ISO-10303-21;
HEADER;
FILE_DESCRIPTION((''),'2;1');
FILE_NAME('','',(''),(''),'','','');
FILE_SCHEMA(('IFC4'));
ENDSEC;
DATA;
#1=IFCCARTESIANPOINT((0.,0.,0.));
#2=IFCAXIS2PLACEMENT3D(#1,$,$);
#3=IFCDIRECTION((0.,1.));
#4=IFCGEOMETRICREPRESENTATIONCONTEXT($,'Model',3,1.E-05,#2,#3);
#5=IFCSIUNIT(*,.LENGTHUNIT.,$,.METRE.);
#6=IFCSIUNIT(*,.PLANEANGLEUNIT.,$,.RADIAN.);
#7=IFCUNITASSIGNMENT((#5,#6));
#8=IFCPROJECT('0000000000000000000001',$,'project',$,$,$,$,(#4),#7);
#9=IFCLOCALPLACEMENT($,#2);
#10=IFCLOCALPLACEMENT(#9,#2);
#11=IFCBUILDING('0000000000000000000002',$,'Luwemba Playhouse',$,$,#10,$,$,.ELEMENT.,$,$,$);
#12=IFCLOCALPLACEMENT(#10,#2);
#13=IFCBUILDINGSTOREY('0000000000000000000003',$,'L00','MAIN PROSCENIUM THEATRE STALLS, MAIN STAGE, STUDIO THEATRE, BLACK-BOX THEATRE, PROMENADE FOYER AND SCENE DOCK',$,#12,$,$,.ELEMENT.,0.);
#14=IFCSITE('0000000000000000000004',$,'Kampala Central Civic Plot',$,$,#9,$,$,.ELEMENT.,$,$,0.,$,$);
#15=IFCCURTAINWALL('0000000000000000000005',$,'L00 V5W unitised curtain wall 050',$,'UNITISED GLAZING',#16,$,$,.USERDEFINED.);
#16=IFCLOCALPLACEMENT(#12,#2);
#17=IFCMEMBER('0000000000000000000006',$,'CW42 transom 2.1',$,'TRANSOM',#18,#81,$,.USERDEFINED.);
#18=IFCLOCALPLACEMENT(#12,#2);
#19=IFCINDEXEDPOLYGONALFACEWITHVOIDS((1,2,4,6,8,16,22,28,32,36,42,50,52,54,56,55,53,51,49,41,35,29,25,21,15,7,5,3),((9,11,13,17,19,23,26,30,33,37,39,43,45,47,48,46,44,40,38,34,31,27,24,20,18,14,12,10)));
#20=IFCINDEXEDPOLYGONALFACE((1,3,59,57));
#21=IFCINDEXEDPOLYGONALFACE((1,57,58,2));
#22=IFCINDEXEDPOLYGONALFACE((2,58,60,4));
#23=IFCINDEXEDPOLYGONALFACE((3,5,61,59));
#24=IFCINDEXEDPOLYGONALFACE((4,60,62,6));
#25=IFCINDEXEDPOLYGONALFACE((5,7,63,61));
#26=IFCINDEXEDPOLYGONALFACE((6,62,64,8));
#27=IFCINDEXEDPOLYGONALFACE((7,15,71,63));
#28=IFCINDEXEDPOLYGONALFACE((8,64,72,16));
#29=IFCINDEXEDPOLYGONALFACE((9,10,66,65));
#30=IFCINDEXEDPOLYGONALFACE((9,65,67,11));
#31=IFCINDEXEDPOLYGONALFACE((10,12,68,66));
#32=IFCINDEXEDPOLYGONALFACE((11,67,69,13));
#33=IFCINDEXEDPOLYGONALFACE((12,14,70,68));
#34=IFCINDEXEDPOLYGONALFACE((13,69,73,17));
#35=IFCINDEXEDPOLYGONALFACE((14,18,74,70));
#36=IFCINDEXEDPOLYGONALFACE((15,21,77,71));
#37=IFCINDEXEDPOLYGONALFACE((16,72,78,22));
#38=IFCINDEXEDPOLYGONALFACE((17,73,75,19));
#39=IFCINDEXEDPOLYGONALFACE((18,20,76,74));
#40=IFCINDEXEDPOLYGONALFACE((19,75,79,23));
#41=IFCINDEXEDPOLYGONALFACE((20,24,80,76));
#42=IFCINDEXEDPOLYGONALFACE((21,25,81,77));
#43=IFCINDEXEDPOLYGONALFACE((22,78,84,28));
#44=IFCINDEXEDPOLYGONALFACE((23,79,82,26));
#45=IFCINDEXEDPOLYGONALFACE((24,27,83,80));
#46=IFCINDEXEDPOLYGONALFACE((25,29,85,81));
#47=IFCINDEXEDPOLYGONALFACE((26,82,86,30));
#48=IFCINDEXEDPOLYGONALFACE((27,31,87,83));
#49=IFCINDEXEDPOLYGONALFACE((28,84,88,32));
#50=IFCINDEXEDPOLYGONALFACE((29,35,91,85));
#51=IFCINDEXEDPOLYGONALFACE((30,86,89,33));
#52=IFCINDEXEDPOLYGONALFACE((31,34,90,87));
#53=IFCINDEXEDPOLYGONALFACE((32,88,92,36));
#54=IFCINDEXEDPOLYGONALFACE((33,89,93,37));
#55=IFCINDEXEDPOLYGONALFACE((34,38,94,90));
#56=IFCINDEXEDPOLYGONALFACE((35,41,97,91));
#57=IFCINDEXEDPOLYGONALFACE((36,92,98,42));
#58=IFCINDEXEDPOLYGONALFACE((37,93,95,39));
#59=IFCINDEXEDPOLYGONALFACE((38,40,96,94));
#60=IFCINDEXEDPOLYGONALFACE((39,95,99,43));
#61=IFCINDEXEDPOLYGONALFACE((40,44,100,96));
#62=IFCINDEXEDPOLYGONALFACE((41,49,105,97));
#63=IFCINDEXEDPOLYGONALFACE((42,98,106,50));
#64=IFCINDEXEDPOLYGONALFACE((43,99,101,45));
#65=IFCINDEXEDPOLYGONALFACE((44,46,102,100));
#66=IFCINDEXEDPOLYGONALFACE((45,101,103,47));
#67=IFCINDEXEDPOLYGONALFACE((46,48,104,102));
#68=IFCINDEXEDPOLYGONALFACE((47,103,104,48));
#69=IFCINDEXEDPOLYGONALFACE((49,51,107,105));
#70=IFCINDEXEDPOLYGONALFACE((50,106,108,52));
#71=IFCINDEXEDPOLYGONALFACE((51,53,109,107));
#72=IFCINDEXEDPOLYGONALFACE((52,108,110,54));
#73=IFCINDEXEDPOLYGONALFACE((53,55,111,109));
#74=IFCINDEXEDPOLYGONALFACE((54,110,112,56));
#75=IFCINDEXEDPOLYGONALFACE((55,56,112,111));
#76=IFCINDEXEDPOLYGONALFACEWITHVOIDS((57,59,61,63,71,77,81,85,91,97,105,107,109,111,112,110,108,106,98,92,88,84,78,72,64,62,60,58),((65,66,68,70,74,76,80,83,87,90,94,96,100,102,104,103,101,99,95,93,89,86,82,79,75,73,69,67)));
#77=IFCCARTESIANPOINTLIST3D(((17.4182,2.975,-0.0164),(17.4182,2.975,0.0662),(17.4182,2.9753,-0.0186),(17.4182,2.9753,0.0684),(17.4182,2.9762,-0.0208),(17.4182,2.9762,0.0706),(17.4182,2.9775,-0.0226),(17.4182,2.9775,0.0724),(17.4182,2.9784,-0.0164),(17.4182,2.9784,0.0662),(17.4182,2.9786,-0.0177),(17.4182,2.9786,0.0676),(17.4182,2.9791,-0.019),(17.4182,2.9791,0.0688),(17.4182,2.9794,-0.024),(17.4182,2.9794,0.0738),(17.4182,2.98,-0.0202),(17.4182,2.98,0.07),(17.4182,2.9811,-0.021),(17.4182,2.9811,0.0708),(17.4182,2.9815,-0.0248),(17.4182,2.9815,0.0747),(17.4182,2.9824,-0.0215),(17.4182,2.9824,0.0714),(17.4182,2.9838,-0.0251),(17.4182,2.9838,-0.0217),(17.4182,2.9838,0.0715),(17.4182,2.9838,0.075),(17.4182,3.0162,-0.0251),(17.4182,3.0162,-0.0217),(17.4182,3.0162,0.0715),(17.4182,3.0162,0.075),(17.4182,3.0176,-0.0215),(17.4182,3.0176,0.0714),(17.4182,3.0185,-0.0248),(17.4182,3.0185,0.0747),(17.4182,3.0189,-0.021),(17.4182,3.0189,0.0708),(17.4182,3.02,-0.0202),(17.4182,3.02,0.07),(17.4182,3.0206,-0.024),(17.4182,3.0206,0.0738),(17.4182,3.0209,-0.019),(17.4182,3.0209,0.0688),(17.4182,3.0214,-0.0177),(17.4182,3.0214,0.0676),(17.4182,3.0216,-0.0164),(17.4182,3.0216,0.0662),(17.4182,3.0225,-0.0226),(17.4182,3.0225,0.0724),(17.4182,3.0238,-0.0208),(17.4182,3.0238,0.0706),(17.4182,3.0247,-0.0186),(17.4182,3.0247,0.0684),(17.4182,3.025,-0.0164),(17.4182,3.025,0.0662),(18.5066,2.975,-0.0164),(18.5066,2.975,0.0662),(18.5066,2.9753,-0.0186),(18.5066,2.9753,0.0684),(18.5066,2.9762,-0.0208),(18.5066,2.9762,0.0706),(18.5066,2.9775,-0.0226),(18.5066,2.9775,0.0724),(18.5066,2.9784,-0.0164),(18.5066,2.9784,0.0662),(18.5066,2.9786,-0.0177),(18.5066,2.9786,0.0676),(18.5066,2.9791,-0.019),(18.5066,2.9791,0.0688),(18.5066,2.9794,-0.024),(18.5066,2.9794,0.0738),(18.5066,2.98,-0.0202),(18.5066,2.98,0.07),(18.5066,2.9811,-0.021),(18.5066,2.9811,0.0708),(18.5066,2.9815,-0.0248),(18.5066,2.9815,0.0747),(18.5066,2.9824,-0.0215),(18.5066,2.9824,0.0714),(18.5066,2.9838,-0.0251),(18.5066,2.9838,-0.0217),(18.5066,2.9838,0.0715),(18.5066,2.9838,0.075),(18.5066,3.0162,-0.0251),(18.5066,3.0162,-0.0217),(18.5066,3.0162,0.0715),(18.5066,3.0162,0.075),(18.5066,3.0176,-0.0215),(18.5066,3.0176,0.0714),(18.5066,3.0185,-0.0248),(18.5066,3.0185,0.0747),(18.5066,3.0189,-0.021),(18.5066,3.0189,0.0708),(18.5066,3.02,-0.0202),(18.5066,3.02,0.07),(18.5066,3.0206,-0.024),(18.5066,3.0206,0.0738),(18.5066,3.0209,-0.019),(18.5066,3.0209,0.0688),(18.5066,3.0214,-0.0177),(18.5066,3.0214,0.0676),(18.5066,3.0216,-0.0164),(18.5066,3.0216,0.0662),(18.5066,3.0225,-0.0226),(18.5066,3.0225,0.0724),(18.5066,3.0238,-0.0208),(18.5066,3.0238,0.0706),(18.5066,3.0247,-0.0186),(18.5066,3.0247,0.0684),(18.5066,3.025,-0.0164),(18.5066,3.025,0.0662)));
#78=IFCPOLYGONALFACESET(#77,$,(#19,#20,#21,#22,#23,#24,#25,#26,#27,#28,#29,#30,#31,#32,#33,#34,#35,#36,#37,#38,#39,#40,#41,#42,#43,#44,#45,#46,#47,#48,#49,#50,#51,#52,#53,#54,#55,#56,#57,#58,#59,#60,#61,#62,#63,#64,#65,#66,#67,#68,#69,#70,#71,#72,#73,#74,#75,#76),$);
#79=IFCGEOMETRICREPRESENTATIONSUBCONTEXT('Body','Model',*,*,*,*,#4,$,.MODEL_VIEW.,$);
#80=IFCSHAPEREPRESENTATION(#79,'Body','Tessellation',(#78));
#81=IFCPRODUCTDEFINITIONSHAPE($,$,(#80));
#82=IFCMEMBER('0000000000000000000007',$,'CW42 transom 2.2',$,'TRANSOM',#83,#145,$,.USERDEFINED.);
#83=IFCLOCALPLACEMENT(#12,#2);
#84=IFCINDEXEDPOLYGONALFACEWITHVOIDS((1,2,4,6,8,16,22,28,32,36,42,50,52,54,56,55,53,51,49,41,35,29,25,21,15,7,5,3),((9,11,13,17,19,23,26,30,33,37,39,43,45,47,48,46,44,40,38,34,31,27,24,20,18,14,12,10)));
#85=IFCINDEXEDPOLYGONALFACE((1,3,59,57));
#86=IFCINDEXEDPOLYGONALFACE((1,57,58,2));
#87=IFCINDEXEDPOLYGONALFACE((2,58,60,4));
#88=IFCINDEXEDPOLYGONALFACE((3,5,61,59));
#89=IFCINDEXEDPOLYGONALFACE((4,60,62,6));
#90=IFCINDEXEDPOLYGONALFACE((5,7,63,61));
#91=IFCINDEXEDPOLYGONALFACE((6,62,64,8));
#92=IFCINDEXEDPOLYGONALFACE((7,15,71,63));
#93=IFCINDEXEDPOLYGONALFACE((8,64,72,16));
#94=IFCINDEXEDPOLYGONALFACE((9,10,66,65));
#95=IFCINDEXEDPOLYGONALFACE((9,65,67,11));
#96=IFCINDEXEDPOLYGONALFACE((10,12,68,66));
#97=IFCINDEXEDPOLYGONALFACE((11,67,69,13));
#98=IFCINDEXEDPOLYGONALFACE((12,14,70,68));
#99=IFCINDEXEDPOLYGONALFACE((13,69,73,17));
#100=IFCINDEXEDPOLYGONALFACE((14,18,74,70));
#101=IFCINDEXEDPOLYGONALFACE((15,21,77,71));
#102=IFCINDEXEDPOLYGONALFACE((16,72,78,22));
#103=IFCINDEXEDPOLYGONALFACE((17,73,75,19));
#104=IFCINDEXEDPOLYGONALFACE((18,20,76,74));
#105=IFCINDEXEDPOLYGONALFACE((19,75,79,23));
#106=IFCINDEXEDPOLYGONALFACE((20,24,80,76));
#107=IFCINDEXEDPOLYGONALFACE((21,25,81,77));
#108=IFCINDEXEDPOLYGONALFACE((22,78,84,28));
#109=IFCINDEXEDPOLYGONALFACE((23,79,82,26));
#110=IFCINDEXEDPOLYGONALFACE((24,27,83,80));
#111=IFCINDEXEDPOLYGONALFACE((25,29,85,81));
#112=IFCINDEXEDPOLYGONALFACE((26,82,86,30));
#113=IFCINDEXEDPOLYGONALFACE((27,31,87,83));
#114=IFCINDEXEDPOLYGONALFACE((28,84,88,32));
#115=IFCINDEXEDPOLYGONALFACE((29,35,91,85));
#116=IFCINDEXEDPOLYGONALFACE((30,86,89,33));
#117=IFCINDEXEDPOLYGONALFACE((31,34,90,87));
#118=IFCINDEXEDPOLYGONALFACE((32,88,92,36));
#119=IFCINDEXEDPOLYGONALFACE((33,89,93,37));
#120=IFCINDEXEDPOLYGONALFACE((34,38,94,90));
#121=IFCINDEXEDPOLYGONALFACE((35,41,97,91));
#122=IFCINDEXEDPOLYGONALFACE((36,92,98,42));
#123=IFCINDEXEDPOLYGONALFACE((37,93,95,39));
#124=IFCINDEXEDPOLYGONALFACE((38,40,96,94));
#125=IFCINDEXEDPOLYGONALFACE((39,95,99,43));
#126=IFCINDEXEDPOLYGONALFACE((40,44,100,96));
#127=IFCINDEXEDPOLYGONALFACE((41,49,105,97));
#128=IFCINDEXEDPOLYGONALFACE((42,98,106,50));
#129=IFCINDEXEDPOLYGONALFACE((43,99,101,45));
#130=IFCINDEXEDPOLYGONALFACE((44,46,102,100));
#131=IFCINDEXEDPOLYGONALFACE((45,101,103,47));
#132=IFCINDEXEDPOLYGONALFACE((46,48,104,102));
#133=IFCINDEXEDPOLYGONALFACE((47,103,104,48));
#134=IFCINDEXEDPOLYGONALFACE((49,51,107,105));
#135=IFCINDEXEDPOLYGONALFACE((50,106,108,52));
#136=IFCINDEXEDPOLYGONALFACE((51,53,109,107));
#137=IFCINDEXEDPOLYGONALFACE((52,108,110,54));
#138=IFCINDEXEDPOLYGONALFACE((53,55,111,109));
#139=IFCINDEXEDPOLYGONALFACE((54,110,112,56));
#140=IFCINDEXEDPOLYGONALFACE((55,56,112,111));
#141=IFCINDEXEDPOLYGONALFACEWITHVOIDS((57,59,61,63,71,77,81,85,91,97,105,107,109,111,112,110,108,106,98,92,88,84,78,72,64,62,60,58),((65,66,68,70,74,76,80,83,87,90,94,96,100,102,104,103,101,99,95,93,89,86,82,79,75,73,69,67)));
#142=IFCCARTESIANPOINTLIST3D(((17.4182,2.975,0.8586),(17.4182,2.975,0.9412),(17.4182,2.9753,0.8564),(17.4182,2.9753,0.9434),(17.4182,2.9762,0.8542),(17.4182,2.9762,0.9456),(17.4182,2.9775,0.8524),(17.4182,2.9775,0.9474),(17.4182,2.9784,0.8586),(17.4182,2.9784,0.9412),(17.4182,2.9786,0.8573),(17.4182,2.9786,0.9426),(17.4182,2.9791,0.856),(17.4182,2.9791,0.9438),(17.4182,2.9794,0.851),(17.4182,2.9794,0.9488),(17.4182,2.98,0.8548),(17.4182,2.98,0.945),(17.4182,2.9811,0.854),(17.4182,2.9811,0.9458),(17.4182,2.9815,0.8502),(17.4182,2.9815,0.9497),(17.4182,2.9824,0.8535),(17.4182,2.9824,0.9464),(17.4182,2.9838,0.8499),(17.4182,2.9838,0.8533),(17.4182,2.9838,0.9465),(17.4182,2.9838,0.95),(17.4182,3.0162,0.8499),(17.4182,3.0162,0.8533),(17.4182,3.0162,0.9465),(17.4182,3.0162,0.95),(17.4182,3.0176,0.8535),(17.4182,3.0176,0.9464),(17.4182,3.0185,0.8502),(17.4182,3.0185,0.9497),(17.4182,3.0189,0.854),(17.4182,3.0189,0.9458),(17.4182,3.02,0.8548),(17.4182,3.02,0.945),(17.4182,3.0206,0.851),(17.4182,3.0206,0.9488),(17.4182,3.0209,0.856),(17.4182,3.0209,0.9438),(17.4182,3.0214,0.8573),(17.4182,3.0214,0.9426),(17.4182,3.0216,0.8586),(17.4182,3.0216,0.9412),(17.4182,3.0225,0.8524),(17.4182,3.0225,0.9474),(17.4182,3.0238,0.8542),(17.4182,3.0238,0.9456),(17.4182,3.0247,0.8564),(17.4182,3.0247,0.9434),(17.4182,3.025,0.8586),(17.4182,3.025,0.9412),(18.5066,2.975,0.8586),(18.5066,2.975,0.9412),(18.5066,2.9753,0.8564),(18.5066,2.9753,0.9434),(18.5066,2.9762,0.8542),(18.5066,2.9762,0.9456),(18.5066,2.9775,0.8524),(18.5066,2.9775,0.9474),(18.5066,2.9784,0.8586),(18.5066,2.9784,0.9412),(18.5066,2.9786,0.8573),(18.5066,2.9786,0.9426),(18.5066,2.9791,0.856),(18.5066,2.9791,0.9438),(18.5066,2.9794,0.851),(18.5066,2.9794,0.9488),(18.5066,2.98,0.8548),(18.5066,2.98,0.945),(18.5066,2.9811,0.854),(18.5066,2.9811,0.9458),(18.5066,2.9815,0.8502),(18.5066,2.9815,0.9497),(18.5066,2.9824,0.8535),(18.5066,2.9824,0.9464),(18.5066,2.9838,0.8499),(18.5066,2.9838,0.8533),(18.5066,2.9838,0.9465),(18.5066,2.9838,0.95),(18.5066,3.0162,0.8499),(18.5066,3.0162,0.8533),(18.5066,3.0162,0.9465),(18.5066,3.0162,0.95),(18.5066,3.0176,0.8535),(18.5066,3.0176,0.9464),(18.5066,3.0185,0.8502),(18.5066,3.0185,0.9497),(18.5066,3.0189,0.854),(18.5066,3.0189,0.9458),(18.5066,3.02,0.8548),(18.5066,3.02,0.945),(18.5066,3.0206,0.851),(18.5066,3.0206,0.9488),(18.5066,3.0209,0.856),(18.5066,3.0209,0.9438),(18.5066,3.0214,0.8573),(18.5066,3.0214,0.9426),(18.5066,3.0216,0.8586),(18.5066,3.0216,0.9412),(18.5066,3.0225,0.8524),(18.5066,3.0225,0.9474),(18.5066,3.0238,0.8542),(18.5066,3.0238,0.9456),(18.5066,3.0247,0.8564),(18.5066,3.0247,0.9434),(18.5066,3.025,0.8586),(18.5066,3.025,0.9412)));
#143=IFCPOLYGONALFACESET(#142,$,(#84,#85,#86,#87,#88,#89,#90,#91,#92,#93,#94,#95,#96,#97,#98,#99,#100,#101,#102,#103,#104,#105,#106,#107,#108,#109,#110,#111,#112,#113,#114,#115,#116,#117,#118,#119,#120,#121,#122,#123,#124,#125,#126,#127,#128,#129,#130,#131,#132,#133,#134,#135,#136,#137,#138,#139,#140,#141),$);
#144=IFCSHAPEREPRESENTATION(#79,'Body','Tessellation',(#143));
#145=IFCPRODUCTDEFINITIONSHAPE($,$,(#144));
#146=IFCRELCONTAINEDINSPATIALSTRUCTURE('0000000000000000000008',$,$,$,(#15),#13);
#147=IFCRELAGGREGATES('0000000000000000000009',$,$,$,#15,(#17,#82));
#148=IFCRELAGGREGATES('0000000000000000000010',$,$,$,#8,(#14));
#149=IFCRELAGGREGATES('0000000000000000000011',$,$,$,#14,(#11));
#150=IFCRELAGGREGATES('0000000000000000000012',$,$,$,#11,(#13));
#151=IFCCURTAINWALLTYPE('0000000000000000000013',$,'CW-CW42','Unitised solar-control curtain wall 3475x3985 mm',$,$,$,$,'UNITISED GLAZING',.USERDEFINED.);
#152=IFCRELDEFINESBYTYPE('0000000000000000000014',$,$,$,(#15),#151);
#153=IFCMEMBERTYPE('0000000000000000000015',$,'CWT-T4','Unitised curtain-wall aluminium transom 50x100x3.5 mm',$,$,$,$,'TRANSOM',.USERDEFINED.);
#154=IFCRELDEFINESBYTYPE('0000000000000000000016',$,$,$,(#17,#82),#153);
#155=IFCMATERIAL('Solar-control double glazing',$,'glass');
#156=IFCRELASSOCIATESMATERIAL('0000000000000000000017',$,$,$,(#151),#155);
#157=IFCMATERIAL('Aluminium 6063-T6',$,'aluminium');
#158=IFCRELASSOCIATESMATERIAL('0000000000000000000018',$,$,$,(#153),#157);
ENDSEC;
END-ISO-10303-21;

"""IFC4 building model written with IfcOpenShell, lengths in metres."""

from ifc_helpers import new_model, si_unit, direction, frame, origin, origin_2d, place, context, subcontext, project, spatial, hollow_rectangle, extrude, material, material_profile, profile_set, type_object, element, aggregate, save


model = new_model("IFC4")

# Units and contexts
model_context = context("Model", 3, precision=1e-05, world=origin(), true_north=direction((0.0, 1.0)))
body_context = subcontext(model_context, "Body", "Model", "MODEL_VIEW")
ifc_project = project(units=[si_unit("LENGTHUNIT", "METRE"), si_unit("PLANEANGLEUNIT", "RADIAN")], contexts=[model_context])

# Site, building, storey
site_placement = place(None, origin())
site = spatial("IfcSite", under=ifc_project, at=site_placement, Name="Kampala Central Civic Plot", CompositionType="ELEMENT", RefElevation=0.0)
building_placement = place(site_placement, origin())
building = spatial("IfcBuilding", under=site, at=building_placement, Name="Luwemba Playhouse", CompositionType="ELEMENT")
storey_placement = place(building_placement, origin())
storey = spatial("IfcBuildingStorey", under=building, at=storey_placement, Name="L00", Description="MAIN PROSCENIUM THEATRE STALLS, MAIN STAGE, STUDIO THEATRE, BLACK-BOX THEATRE, PROMENADE FOYER AND SCENE DOCK", CompositionType="ELEMENT", Elevation=0.0)

# Shared definitions
ifc_material_1 = material(Name="Solar-control double glazing", Category="glass")
ifc_material_2 = material(Name="Aluminium 6063-T6", Category="aluminium")

# Curtain wall
curtain_wall_type_1 = type_object("IfcCurtainWallType", Name="CW-CW42", Description="Unitised solar-control curtain wall 3475x3985 mm", ElementType="UNITISED GLAZING", PredefinedType="USERDEFINED", material=ifc_material_1)
curtain_wall_1_placement = place(storey_placement, origin())
curtain_wall_1 = element("IfcCurtainWall", 1, at=curtain_wall_1_placement, inside=storey, type_object=curtain_wall_type_1, Name="L00 V5W unitised curtain wall 050", ObjectType="UNITISED GLAZING", PredefinedType="USERDEFINED")

# Members
ifc_material_profile_1 = material_profile(ifc_material_2, hollow_rectangle(XDim=0.05, YDim=0.1001, WallThickness=0.0034, InnerFilletRadius=0.0054, OuterFilletRadius=0.0088, at=origin_2d()))
ifc_profile_set_1 = profile_set([ifc_material_profile_1], Name="Aluminium 6063-T6")
member_type_1 = type_object("IfcMemberType", Name="CWT-T4", Description="Unitised curtain-wall aluminium transom 50x100x3.5 mm", ElementType="TRANSOM", PredefinedType="USERDEFINED", material=ifc_profile_set_1)
member_1_placement = place(storey_placement, frame((18.5066, 3.0, 0.0249), z_axis=(-1.0, 0.0, 0.0), x_axis=(0.0, -1.0, 0.0)))
member_1 = element("IfcMember", 2, at=member_1_placement, type_object=member_type_1, Name="CW42 transom 2.1", ObjectType="TRANSOM", PredefinedType="USERDEFINED", context=body_context, shape_type="SweptSolid", body=[
    extrude(hollow_rectangle(XDim=0.05, YDim=0.1001, WallThickness=0.0034, InnerFilletRadius=0.0054, OuterFilletRadius=0.0088, at=origin_2d()), origin(), (0.0, 0.0, 1.0), 1.0884),
])
member_2_placement = place(storey_placement, frame((18.5066, 3.0, 0.8999), z_axis=(-1.0, 0.0, 0.0), x_axis=(0.0, -1.0, 0.0)))
member_2 = element("IfcMember", 3, at=member_2_placement, type_object=member_type_1, Name="CW42 transom 2.2", ObjectType="TRANSOM", PredefinedType="USERDEFINED", context=body_context, shape_type="SweptSolid", body=[
    extrude(hollow_rectangle(XDim=0.05, YDim=0.1001, WallThickness=0.0034, InnerFilletRadius=0.0054, OuterFilletRadius=0.0088, at=origin_2d()), origin(), (0.0, 0.0, 1.0), 1.0884),
])

aggregate(curtain_wall_1, [member_1, member_2])

save(model, "model.ifc")
